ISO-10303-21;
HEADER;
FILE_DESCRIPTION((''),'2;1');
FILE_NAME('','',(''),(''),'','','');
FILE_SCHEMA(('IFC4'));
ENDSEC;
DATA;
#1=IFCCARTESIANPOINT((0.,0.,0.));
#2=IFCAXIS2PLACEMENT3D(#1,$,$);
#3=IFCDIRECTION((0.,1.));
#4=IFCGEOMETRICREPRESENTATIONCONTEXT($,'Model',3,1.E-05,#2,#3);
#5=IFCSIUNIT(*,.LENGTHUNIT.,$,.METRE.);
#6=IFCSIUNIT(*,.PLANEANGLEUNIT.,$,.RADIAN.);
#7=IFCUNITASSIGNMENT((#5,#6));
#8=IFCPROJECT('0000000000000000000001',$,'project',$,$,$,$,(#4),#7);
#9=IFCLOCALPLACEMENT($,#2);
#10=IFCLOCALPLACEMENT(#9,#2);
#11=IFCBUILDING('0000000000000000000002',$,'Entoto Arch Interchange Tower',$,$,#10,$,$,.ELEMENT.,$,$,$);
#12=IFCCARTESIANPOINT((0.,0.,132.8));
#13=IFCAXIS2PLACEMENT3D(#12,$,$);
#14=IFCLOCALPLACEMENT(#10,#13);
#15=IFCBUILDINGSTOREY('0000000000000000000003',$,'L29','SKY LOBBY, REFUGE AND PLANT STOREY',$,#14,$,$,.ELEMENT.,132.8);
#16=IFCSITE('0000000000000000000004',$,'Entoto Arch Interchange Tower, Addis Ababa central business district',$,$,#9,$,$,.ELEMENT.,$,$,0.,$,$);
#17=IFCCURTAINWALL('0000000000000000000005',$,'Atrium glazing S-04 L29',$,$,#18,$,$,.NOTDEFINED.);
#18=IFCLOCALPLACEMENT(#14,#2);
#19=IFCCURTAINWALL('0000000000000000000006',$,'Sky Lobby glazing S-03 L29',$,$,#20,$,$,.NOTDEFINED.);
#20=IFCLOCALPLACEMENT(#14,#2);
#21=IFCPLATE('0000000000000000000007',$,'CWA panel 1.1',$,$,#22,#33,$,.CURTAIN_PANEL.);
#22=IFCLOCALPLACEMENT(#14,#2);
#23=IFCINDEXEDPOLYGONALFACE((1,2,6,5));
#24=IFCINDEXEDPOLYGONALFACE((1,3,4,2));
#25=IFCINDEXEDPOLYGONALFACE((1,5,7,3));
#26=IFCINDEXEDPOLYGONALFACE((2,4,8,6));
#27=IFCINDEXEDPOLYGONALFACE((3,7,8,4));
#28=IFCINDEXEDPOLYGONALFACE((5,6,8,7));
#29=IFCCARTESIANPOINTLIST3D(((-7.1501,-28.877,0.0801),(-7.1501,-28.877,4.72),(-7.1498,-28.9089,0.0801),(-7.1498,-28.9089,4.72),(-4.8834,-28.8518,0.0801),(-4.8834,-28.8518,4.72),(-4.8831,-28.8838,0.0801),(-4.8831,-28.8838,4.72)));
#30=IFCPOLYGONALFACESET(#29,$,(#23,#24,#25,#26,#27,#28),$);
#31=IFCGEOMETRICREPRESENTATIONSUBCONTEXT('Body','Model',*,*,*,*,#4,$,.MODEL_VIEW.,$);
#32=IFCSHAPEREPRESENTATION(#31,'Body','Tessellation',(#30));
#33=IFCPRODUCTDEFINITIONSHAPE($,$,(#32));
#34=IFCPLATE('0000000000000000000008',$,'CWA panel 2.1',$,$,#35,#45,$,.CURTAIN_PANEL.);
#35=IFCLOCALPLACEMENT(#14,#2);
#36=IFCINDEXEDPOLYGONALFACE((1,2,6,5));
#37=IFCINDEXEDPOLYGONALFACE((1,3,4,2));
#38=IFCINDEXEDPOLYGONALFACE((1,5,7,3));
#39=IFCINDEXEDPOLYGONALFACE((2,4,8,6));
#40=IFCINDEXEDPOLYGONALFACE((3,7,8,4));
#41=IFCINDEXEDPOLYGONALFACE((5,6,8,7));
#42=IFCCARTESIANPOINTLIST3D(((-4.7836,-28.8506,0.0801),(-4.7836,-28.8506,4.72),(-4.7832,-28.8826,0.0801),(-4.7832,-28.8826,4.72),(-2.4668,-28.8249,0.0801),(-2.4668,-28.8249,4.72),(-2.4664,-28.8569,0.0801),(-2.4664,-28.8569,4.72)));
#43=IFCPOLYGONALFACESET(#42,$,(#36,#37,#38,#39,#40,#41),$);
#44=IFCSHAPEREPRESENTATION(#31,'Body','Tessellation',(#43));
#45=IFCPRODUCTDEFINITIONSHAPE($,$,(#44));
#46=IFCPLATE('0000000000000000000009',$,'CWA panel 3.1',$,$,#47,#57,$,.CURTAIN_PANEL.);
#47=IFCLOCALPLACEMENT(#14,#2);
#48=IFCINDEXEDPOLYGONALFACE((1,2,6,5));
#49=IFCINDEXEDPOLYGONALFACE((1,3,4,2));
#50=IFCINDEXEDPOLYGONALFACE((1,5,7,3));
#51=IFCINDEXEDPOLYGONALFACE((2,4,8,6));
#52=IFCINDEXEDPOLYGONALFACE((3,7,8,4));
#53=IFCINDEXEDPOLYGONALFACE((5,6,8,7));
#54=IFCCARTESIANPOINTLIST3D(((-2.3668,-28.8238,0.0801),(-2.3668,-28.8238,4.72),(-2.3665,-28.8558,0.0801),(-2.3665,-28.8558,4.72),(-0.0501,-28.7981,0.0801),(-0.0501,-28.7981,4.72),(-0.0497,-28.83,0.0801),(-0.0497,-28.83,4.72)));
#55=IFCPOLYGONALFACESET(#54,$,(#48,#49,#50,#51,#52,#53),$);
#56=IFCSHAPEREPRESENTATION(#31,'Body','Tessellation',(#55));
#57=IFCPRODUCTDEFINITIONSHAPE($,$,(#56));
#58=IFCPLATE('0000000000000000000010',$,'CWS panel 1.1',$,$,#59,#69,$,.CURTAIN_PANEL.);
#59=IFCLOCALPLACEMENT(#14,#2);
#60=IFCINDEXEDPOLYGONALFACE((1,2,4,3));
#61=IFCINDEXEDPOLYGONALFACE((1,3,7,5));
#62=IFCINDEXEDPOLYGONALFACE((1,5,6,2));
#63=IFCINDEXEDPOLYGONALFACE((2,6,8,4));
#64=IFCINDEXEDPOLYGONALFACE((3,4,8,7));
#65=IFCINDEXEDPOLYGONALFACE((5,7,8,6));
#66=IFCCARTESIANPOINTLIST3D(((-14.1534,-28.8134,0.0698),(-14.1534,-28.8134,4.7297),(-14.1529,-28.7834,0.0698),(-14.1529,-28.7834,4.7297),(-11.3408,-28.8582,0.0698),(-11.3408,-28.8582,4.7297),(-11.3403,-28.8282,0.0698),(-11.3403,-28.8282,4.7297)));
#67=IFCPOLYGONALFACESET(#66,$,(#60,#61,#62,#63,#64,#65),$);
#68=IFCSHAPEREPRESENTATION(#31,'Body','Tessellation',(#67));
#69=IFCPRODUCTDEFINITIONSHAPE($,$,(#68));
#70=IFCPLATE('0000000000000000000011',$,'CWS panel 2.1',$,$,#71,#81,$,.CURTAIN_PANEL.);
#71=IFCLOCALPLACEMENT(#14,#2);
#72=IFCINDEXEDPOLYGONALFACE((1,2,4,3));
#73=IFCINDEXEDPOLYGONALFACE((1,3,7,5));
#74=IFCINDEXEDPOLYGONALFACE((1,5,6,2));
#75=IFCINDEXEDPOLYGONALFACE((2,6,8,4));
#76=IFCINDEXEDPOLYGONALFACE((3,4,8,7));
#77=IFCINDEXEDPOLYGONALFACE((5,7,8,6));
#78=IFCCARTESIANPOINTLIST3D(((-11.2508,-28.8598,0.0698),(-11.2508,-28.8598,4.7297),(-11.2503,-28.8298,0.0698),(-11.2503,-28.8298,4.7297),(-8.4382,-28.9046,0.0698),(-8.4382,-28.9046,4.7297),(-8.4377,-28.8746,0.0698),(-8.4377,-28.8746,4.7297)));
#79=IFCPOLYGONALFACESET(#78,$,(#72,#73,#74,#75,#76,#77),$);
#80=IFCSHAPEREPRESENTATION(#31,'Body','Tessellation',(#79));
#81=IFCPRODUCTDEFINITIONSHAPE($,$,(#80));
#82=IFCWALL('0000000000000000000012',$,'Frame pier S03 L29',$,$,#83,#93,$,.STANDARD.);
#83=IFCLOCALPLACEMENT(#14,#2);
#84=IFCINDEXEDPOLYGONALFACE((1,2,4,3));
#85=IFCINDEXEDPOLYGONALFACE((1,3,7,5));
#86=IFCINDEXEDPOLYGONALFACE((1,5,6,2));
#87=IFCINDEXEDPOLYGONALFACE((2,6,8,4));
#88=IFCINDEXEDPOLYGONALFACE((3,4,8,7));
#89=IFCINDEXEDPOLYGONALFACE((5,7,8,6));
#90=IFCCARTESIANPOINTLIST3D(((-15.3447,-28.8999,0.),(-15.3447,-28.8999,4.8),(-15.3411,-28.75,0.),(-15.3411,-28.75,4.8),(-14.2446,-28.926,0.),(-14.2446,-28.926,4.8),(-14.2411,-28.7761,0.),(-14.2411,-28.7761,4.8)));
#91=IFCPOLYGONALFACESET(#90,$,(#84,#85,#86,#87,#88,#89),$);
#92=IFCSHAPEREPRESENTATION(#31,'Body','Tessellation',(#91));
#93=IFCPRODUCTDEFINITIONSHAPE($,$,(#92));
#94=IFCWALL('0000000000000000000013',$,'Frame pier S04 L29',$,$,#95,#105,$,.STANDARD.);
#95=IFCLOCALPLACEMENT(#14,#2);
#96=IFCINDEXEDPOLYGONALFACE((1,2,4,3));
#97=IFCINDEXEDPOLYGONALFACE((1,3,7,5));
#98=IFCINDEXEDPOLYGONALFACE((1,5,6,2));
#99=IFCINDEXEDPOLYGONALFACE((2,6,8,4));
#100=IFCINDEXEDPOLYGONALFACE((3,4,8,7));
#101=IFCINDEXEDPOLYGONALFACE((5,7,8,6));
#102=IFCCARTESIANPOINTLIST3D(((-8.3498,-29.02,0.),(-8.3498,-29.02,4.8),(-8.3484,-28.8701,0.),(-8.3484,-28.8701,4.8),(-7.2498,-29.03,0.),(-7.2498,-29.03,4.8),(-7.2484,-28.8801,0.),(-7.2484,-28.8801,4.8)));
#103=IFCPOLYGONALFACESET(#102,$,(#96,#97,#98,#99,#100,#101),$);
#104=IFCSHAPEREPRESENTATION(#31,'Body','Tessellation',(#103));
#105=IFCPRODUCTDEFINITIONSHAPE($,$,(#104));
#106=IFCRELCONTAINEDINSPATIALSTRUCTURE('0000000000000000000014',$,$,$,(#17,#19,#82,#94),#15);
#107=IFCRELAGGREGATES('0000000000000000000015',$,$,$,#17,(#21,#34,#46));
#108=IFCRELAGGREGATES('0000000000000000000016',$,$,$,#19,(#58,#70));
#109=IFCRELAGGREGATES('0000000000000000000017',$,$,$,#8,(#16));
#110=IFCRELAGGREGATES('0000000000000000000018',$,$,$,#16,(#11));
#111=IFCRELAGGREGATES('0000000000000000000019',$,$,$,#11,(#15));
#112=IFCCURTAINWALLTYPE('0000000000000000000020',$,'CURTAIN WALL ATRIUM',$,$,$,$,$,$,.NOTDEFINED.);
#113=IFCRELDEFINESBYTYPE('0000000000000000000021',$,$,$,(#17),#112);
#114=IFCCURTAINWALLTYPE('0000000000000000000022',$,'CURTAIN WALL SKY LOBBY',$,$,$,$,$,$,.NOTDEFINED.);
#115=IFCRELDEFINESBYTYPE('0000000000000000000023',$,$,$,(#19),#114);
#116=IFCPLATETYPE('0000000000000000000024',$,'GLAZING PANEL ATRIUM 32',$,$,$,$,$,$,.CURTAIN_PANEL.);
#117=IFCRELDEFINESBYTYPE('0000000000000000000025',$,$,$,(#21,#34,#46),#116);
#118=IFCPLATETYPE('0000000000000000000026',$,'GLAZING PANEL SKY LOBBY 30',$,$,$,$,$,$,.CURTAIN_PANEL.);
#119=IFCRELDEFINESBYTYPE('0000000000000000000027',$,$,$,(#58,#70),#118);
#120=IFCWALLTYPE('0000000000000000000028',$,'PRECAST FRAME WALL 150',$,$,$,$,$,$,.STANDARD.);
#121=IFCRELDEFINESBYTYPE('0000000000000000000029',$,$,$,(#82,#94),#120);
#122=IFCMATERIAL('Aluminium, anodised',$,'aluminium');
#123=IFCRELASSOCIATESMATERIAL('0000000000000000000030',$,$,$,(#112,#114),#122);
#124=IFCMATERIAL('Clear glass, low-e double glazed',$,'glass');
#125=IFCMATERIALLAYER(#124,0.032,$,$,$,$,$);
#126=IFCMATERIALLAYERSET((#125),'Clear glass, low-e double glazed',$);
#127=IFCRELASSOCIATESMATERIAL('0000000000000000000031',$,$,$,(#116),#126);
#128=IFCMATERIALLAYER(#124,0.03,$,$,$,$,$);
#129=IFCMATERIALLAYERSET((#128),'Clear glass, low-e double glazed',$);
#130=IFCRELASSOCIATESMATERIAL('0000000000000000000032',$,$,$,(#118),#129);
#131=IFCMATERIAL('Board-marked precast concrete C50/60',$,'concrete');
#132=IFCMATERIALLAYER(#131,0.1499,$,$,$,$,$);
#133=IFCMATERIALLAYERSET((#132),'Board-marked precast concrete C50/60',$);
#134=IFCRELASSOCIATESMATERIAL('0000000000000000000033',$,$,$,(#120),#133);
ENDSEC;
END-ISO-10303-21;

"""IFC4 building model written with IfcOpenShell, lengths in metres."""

from ifc_helpers import new_model, si_unit, direction, frame, frame_2d, origin, origin_2d, place, context, subcontext, project, spatial, rectangle, extrude, material, layer, layer_set, type_object, element, aggregate, save


model = new_model("IFC4")

# Units and contexts
model_context = context("Model", 3, precision=1e-05, world=origin(), true_north=direction((0.0, 1.0)))
body_context = subcontext(model_context, "Body", "Model", "MODEL_VIEW")
ifc_project = project(units=[si_unit("LENGTHUNIT", "METRE"), si_unit("PLANEANGLEUNIT", "RADIAN")], contexts=[model_context])

# Site, building, storey
site_placement = place(None, origin())
site = spatial("IfcSite", under=ifc_project, at=site_placement, Name="Entoto Arch Interchange Tower, Addis Ababa central business district", CompositionType="ELEMENT", RefElevation=0.0)
building_placement = place(site_placement, origin())
building = spatial("IfcBuilding", under=site, at=building_placement, Name="Entoto Arch Interchange Tower", CompositionType="ELEMENT")
storey_placement = place(building_placement, frame((0.0, 0.0, 132.8)))
storey = spatial("IfcBuildingStorey", under=building, at=storey_placement, Name="L29", Description="SKY LOBBY, REFUGE AND PLANT STOREY", CompositionType="ELEMENT", Elevation=132.8)

# Curtain walls
ifc_material_1 = material(Name="Aluminium, anodised", Category="aluminium")
curtain_wall_type_1 = type_object("IfcCurtainWallType", Name="CURTAIN WALL ATRIUM", PredefinedType="NOTDEFINED", material=ifc_material_1)
curtain_wall_1_placement = place(storey_placement, origin())
curtain_wall_1 = element("IfcCurtainWall", 1, at=curtain_wall_1_placement, inside=storey, type_object=curtain_wall_type_1, Name="Atrium glazing S-04 L29", PredefinedType="NOTDEFINED")
curtain_wall_type_2 = type_object("IfcCurtainWallType", Name="CURTAIN WALL SKY LOBBY", PredefinedType="NOTDEFINED", material=ifc_material_1)
curtain_wall_2_placement = place(storey_placement, origin())
curtain_wall_2 = element("IfcCurtainWall", 2, at=curtain_wall_2_placement, inside=storey, type_object=curtain_wall_type_2, Name="Sky Lobby glazing S-03 L29", PredefinedType="NOTDEFINED")

# Plates
ifc_material_2 = material(Name="Clear glass, low-e double glazed", Category="glass")
ifc_layer_1 = layer(ifc_material_2, 0.032)
ifc_layer_set_1 = layer_set([ifc_layer_1], Name="Clear glass, low-e double glazed")
plate_type_1 = type_object("IfcPlateType", Name="GLAZING PANEL ATRIUM 32", PredefinedType="CURTAIN_PANEL", material=ifc_layer_set_1)
plate_1_placement = place(storey_placement, frame((-6.0166, -28.8804, 0.0801), z_axis=(0.0, 0.0, 1.0), x_axis=(0.999938, 0.011103, 0.0)))
plate_1 = element("IfcPlate", 3, at=plate_1_placement, type_object=plate_type_1, Name="CWA panel 1.1", PredefinedType="CURTAIN_PANEL", context=body_context, shape_type="SweptSolid", body=[
    extrude(rectangle(XDim=2.2668, YDim=0.032, at=origin_2d()), origin(), (0.0, 0.0, 1.0), 4.6399),
])
plate_2_placement = place(storey_placement, frame((-3.625, -28.8538, 0.0801), z_axis=(0.0, 0.0, 1.0), x_axis=(0.999938, 0.011103, 0.0)))
plate_2 = element("IfcPlate", 4, at=plate_2_placement, type_object=plate_type_1, Name="CWA panel 2.1", PredefinedType="CURTAIN_PANEL", context=body_context, shape_type="SweptSolid", body=[
    extrude(rectangle(XDim=2.3169, YDim=0.032, at=origin_2d()), origin(), (0.0, 0.0, 1.0), 4.6399),
])
plate_3_placement = place(storey_placement, frame((-1.2083, -28.8269, 0.0801), z_axis=(0.0, 0.0, 1.0), x_axis=(0.999938, 0.011103, 0.0)))
plate_3 = element("IfcPlate", 5, at=plate_3_placement, type_object=plate_type_1, Name="CWA panel 3.1", PredefinedType="CURTAIN_PANEL", context=body_context, shape_type="SweptSolid", body=[
    extrude(rectangle(XDim=2.3169, YDim=0.032, at=origin_2d()), origin(), (0.0, 0.0, 1.0), 4.6399),
])
aggregate(curtain_wall_1, [plate_1, plate_2, plate_3])
ifc_layer_2 = layer(ifc_material_2, 0.03)
ifc_layer_set_2 = layer_set([ifc_layer_2], Name="Clear glass, low-e double glazed")
plate_type_2 = type_object("IfcPlateType", Name="GLAZING PANEL SKY LOBBY 30", PredefinedType="CURTAIN_PANEL", material=ifc_layer_set_2)
plate_4_placement = place(storey_placement, frame((-12.7468, -28.8208, 0.0698), z_axis=(0.0, 0.0, 1.0), x_axis=(0.999873, -0.015944, 0.0)))
plate_4 = element("IfcPlate", 6, at=plate_4_placement, type_object=plate_type_2, Name="CWS panel 1.1", PredefinedType="CURTAIN_PANEL", context=body_context, shape_type="SweptSolid", body=[
    extrude(rectangle(XDim=2.813, YDim=0.03, at=origin_2d()), origin(), (0.0, 0.0, 1.0), 4.6599),
])
plate_5_placement = place(storey_placement, frame((-9.8442, -28.8672, 0.0698), z_axis=(0.0, 0.0, 1.0), x_axis=(0.999873, -0.015944, 0.0)))
plate_5 = element("IfcPlate", 7, at=plate_5_placement, type_object=plate_type_2, Name="CWS panel 2.1", PredefinedType="CURTAIN_PANEL", context=body_context, shape_type="SweptSolid", body=[
    extrude(rectangle(XDim=2.813, YDim=0.03, at=origin_2d()), origin(), (0.0, 0.0, 1.0), 4.6599),
])
aggregate(curtain_wall_2, [plate_4, plate_5])

# Walls
ifc_material_3 = material(Name="Board-marked precast concrete C50/60", Category="concrete")
ifc_layer_3 = layer(ifc_material_3, 0.1499)
ifc_layer_set_3 = layer_set([ifc_layer_3], Name="Board-marked precast concrete C50/60")
wall_type = type_object("IfcWallType", Name="PRECAST FRAME WALL 150", PredefinedType="STANDARD", material=ifc_layer_set_3)
wall_1_placement = place(storey_placement, frame((-15.343, -28.825, 0.0), z_axis=(0.0, 0.0, 1.0), x_axis=(0.999718, -0.023739, 0.0)))
element("IfcWall", 8, at=wall_1_placement, inside=storey, type_object=wall_type, Name="Frame pier S03 L29", PredefinedType="STANDARD", context=body_context, shape_type="SweptSolid", body=[
    extrude(rectangle(XDim=1.1003, YDim=0.1499, at=frame_2d((0.5503, 0.0))), origin(), (0.0, 0.0, 1.0), 4.8),
])
wall_2_placement = place(storey_placement, frame((-8.3491, -28.9451, 0.0), z_axis=(0.0, 0.0, 1.0), x_axis=(0.999959, -0.009099, 0.0)))
element("IfcWall", 9, at=wall_2_placement, inside=storey, type_object=wall_type, Name="Frame pier S04 L29", PredefinedType="STANDARD", context=body_context, shape_type="SweptSolid", body=[
    extrude(rectangle(XDim=1.1001, YDim=0.1499, at=frame_2d((0.55, 0.0))), origin(), (0.0, 0.0, 1.0), 4.8),
])

save(model, "model.ifc")
